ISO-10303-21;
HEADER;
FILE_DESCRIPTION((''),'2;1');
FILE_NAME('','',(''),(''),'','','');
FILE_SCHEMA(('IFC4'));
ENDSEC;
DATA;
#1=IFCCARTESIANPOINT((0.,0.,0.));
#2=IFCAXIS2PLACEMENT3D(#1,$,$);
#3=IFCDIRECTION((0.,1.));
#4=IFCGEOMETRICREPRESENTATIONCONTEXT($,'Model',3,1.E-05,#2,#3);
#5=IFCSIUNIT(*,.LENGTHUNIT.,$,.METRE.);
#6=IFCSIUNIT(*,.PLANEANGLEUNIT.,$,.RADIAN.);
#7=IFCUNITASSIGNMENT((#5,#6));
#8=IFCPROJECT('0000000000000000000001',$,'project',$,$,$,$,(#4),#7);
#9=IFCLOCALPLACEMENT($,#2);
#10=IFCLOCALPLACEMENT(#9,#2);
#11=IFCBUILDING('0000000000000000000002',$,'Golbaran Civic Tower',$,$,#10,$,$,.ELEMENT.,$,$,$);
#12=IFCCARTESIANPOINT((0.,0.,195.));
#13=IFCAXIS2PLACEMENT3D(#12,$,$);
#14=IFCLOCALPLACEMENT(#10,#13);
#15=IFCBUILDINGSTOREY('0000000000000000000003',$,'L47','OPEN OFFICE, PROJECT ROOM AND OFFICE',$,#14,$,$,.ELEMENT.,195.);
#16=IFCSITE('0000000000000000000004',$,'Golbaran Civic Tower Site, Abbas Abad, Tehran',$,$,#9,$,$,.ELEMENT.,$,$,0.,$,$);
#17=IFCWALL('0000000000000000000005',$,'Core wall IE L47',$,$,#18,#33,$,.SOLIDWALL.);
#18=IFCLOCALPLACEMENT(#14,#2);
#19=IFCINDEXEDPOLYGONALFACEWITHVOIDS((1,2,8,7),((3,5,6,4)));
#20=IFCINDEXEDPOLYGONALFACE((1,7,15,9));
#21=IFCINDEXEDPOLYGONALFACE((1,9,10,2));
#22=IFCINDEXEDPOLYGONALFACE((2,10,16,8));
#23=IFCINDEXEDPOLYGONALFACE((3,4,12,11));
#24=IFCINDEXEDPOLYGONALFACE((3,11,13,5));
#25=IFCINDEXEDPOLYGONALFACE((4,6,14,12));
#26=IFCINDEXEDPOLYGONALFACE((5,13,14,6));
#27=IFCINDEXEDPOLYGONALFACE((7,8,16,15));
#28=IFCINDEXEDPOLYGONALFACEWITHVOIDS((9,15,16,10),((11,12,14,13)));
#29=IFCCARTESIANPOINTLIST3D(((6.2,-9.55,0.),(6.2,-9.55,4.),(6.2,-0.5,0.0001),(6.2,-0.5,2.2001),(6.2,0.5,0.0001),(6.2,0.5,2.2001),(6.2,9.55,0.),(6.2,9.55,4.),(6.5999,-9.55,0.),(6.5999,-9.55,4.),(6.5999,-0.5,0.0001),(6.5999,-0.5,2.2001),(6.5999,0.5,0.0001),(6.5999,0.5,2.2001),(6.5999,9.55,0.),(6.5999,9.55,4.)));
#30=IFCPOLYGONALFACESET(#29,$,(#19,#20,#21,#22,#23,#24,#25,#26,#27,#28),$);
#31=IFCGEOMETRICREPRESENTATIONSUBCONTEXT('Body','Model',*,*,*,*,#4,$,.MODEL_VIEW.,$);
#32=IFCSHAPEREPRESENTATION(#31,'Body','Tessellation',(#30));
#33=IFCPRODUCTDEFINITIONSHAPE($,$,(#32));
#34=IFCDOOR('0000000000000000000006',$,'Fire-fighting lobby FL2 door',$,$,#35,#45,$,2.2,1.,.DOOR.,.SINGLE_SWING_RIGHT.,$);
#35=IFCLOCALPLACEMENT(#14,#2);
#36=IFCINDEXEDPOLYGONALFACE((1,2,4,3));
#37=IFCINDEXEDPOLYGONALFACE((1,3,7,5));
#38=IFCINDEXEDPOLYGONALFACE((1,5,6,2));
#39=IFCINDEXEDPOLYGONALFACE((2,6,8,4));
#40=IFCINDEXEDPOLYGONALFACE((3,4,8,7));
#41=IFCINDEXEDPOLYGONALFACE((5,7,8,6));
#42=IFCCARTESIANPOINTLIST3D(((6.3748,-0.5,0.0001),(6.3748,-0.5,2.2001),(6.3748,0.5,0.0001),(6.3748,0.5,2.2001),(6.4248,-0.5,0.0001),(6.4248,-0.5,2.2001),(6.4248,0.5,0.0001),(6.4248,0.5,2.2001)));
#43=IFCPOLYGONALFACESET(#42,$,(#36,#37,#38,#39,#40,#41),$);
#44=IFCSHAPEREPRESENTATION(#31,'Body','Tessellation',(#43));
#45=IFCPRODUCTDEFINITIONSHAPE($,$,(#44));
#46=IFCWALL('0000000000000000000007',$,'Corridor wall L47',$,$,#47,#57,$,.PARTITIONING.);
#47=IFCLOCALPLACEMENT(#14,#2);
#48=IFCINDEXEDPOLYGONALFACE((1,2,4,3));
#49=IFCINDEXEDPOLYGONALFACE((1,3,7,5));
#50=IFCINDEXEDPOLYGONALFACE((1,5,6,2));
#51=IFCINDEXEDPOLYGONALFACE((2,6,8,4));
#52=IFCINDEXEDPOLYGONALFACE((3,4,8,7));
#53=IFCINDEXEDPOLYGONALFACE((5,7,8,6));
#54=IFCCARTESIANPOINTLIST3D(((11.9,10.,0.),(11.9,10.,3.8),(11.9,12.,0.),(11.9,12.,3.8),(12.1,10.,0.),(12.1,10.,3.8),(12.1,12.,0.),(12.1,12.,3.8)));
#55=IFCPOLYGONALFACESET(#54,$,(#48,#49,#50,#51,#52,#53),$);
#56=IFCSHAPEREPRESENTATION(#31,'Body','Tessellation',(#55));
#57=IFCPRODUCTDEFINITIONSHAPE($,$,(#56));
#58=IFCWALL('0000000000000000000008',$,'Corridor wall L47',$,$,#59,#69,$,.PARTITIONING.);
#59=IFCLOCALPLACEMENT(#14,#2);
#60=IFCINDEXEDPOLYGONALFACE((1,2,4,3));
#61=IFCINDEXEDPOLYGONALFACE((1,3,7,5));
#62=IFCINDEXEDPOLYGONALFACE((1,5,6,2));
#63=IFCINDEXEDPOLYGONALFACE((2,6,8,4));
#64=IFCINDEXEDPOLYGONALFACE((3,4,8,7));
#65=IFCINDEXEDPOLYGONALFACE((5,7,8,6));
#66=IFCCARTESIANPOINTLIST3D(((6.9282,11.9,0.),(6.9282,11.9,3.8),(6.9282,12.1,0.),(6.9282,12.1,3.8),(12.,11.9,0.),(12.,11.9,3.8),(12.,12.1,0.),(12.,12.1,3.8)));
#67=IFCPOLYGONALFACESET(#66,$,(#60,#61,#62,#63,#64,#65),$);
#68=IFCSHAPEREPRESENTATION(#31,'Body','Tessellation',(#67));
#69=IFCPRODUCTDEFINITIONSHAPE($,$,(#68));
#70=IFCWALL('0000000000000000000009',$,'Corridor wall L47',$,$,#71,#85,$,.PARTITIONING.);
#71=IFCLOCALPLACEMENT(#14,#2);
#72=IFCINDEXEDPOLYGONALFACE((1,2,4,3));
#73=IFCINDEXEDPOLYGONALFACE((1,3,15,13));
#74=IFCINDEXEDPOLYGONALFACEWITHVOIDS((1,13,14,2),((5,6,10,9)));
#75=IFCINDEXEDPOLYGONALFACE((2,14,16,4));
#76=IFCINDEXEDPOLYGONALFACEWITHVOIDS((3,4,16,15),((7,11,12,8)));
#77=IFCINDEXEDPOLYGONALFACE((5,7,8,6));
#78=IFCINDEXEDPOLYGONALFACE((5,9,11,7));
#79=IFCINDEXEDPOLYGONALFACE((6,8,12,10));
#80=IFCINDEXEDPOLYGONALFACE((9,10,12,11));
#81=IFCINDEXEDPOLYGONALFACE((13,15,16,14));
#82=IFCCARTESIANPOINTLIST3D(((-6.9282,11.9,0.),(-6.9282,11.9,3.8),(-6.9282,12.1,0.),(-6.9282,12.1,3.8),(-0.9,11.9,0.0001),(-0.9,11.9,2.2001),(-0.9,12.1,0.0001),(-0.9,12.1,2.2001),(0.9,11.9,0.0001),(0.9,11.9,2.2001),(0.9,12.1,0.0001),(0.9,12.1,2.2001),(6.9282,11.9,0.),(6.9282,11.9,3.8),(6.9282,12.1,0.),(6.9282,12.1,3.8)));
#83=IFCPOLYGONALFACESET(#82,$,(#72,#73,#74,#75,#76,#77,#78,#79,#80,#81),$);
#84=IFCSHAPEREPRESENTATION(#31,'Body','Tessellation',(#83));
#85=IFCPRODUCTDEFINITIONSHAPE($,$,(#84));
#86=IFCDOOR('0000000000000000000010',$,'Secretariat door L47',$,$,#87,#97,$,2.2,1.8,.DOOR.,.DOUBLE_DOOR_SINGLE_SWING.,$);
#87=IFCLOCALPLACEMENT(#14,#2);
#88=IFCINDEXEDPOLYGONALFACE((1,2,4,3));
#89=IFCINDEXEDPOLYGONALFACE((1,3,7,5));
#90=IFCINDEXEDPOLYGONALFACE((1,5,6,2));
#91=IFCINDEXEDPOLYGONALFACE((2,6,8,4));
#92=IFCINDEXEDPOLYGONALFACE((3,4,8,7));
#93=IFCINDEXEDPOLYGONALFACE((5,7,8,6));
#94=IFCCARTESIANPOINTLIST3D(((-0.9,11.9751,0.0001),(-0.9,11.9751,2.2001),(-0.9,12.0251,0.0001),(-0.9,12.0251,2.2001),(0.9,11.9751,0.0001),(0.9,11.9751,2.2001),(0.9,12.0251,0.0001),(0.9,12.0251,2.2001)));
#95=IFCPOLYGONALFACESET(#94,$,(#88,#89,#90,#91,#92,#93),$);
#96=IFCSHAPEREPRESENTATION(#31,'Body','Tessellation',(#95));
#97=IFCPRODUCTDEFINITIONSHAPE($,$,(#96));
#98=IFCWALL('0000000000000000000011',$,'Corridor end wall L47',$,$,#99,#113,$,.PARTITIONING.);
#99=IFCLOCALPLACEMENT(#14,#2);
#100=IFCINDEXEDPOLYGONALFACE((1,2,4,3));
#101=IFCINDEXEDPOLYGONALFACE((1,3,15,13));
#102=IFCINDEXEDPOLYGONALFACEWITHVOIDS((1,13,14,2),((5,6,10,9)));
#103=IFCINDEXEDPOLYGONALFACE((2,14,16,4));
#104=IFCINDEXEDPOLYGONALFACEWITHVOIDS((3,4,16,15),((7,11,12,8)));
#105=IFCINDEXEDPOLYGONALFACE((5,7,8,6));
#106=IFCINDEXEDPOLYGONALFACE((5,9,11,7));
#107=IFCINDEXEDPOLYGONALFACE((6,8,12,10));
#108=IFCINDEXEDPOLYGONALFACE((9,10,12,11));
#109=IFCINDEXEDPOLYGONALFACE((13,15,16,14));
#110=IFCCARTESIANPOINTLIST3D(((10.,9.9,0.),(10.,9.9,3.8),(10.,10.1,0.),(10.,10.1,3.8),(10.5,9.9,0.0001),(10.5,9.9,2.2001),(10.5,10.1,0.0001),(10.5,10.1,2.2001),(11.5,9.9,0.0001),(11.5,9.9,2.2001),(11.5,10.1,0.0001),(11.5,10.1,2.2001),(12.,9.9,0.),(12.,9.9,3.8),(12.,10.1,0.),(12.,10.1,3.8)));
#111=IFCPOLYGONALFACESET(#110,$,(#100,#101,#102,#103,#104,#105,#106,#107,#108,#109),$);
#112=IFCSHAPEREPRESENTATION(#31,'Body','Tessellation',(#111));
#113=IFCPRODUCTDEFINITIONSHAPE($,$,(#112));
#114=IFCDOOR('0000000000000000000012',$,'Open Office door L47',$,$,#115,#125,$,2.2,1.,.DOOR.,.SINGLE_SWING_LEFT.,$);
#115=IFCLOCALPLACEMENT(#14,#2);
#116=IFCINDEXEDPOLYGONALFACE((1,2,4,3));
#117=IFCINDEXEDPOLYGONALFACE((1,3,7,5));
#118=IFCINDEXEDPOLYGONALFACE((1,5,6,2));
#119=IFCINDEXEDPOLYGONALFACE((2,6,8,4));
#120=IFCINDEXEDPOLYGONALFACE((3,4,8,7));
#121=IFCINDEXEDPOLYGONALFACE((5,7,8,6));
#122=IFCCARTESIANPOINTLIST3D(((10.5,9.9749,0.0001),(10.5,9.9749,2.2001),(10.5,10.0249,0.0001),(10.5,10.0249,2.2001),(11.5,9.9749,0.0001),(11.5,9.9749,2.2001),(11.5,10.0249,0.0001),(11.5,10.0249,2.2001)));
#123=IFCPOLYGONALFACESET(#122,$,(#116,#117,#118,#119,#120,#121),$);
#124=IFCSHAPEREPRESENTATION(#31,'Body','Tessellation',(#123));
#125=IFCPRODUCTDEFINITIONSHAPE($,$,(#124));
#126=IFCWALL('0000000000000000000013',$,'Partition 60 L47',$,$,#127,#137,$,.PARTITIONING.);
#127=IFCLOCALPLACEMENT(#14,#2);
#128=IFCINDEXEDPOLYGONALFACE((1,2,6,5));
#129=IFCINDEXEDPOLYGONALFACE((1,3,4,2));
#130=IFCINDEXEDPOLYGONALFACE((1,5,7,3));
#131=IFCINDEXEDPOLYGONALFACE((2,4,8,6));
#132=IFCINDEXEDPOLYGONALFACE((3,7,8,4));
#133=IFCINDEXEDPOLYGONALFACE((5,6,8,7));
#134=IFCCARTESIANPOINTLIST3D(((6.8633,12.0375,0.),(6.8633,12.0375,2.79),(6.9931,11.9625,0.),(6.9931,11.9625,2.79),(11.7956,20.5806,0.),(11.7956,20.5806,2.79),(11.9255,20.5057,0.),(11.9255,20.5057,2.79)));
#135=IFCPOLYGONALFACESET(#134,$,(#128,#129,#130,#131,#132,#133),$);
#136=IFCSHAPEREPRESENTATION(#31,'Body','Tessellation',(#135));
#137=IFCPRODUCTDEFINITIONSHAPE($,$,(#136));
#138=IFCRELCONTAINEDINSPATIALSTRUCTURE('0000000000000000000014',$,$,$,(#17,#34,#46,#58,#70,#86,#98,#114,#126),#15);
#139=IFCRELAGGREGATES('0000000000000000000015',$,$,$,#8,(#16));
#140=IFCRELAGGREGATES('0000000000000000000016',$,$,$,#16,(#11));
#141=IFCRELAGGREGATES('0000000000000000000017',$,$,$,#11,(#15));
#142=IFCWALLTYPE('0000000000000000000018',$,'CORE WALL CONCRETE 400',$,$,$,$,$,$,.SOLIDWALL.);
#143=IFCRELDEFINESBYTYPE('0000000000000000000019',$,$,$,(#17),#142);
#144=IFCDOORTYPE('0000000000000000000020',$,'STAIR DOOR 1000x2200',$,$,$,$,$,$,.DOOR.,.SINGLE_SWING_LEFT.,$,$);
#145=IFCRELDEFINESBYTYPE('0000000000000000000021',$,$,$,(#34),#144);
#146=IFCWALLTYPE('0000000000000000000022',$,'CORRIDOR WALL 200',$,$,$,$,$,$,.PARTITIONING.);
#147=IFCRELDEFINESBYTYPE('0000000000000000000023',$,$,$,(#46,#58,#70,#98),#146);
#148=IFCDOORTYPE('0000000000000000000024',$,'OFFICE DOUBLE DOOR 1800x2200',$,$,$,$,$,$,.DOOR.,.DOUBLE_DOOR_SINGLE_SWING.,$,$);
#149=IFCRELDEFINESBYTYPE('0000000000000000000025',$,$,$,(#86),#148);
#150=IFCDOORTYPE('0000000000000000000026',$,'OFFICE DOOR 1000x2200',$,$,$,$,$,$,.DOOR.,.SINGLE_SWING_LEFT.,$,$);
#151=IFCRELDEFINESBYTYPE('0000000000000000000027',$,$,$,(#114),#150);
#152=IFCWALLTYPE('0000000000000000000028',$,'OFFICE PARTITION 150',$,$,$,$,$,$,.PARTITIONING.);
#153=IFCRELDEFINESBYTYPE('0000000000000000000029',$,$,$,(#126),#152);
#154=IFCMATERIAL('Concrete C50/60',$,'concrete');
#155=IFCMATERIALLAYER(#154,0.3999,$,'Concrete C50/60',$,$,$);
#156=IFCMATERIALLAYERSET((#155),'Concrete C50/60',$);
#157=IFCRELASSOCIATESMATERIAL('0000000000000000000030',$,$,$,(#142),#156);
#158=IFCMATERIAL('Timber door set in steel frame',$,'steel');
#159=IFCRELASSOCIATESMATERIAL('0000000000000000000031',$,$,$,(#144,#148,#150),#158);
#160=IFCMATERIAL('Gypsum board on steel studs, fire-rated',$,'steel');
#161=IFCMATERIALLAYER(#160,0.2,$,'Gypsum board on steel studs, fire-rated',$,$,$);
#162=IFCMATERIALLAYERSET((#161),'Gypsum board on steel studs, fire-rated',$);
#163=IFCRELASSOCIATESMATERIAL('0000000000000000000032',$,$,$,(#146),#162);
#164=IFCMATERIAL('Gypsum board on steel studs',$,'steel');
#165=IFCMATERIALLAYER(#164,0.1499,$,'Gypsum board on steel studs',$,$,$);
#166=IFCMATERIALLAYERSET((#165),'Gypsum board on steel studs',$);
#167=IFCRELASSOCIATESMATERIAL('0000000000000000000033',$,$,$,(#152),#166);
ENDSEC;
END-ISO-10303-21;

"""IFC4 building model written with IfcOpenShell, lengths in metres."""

from ifc_helpers import new_model, si_unit, direction, frame, frame_2d, origin, place, context, subcontext, project, spatial, rectangle, extrude, material, layer, layer_set, type_object, element, fill, save


model = new_model("IFC4")

# Units and contexts
model_context = context("Model", 3, precision=1e-05, world=origin(), true_north=direction((0.0, 1.0)))
body_context = subcontext(model_context, "Body", "Model", "MODEL_VIEW")
ifc_project = project(units=[si_unit("LENGTHUNIT", "METRE"), si_unit("PLANEANGLEUNIT", "RADIAN")], contexts=[model_context])

# Site, building, storey
site_placement = place(None, origin())
site = spatial("IfcSite", under=ifc_project, at=site_placement, Name="Golbaran Civic Tower Site, Abbas Abad, Tehran", CompositionType="ELEMENT", RefElevation=0.0)
building_placement = place(site_placement, origin())
building = spatial("IfcBuilding", under=site, at=building_placement, Name="Golbaran Civic Tower", CompositionType="ELEMENT")
storey_placement = place(building_placement, frame((0.0, 0.0, 195.0)))
storey = spatial("IfcBuildingStorey", under=building, at=storey_placement, Name="L47", Description="OPEN OFFICE, PROJECT ROOM AND OFFICE", CompositionType="ELEMENT", Elevation=195.0)

# Wall, opening, door
ifc_material_1 = material(Name="Concrete C50/60", Category="concrete")
ifc_layer_1 = layer(ifc_material_1, 0.3999, Name="Concrete C50/60")
ifc_layer_set_1 = layer_set([ifc_layer_1], Name="Concrete C50/60")
wall_type_1 = type_object("IfcWallType", Name="CORE WALL CONCRETE 400", PredefinedType="SOLIDWALL", material=ifc_layer_set_1)
wall_1_placement = place(storey_placement, frame((6.3999, 9.55, 0.0), z_axis=(0.0, 0.0, 1.0), x_axis=(0.0, -1.0, 0.0)))
wall_1 = element("IfcWall", 1, at=wall_1_placement, inside=storey, type_object=wall_type_1, Name="Core wall IE L47", PredefinedType="SOLIDWALL", context=body_context, shape_type="SweptSolid", body=[
    extrude(rectangle(XDim=19.1001, YDim=0.3999, at=frame_2d((9.55, 0.0))), origin(), (0.0, 0.0, 1.0), 4.0),
])
opening_1_placement = place(wall_1_placement, frame((9.05, 0.0, 0.0)))
opening_1 = element("IfcOpeningElement", 2, at=opening_1_placement, cuts=wall_1, PredefinedType="OPENING", context=body_context, shape_type="SweptSolid", body=[
    extrude(rectangle(XDim=1.0, YDim=2.2, at=frame_2d((0.5, 1.1001))), frame((0.0, 0.21, 0.0), z_axis=(0.0, -1.0, 0.0), x_axis=(1.0, 0.0, 0.0)), (0.0, 0.0, 1.0), 0.4199),
])
ifc_material_2 = material(Name="Timber door set in steel frame", Category="steel")
door_type_1 = type_object("IfcDoorType", Name="STAIR DOOR 1000x2200", OperationType="SINGLE_SWING_LEFT", PredefinedType="DOOR", material=ifc_material_2)
door_1_placement = place(opening_1_placement, origin())
door_1 = element("IfcDoor", 3, at=door_1_placement, inside=storey, type_object=door_type_1, Name="Fire-fighting lobby FL2 door", OperationType="SINGLE_SWING_RIGHT", OverallHeight=2.2, OverallWidth=1.0, PredefinedType="DOOR", context=body_context, shape_type="SweptSolid", body=[
    extrude(rectangle(XDim=1.0, YDim=2.2, at=frame_2d((0.5, 1.1001))), frame((0.0, 0.0249, 0.0), z_axis=(0.0, -1.0, 0.0), x_axis=(1.0, 0.0, 0.0)), (0.0, 0.0, 1.0), 0.05),
])
fill(opening_1, door_1)

# Walls
ifc_material_3 = material(Name="Gypsum board on steel studs, fire-rated", Category="steel")
ifc_layer_2 = layer(ifc_material_3, 0.2, Name="Gypsum board on steel studs, fire-rated")
ifc_layer_set_2 = layer_set([ifc_layer_2], Name="Gypsum board on steel studs, fire-rated")
wall_type_2 = type_object("IfcWallType", Name="CORRIDOR WALL 200", PredefinedType="PARTITIONING", material=ifc_layer_set_2)
wall_2_placement = place(storey_placement, frame((12.0, 10.0, 0.0), z_axis=(0.0, 0.0, 1.0), x_axis=(0.0, 1.0, 0.0)))
element("IfcWall", 4, at=wall_2_placement, inside=storey, type_object=wall_type_2, Name="Corridor wall L47", PredefinedType="PARTITIONING", context=body_context, shape_type="SweptSolid", body=[
    extrude(rectangle(XDim=2.0, YDim=0.2, at=frame_2d((1.0, 0.0))), origin(), (0.0, 0.0, 1.0), 3.8),
])
wall_3_placement = place(storey_placement, frame((12.0, 12.0, 0.0), z_axis=(0.0, 0.0, 1.0), x_axis=(-1.0, 0.0, 0.0)))
element("IfcWall", 5, at=wall_3_placement, inside=storey, type_object=wall_type_2, Name="Corridor wall L47", PredefinedType="PARTITIONING", context=body_context, shape_type="SweptSolid", body=[
    extrude(rectangle(XDim=5.0718, YDim=0.2, at=frame_2d((2.5359, 0.0))), origin(), (0.0, 0.0, 1.0), 3.8),
])

# Walls, openings, doors
wall_4_placement = place(storey_placement, frame((6.9282, 12.0, 0.0), z_axis=(0.0, 0.0, 1.0), x_axis=(-1.0, 0.0, 0.0)))
wall_4 = element("IfcWall", 6, at=wall_4_placement, inside=storey, type_object=wall_type_2, Name="Corridor wall L47", PredefinedType="PARTITIONING", context=body_context, shape_type="SweptSolid", body=[
    extrude(rectangle(XDim=13.8564, YDim=0.2, at=frame_2d((6.9282, 0.0))), origin(), (0.0, 0.0, 1.0), 3.8),
])
opening_2_placement = place(wall_4_placement, frame((6.0283, 0.0, 0.0)))
opening_2 = element("IfcOpeningElement", 7, at=opening_2_placement, cuts=wall_4, PredefinedType="OPENING", context=body_context, shape_type="SweptSolid", body=[
    extrude(rectangle(XDim=1.8, YDim=2.2, at=frame_2d((0.8999, 1.1001))), frame((0.0, 0.1099, 0.0), z_axis=(0.0, -1.0, 0.0), x_axis=(1.0, 0.0, 0.0)), (0.0, 0.0, 1.0), 0.22),
])
door_type_2 = type_object("IfcDoorType", Name="OFFICE DOUBLE DOOR 1800x2200", OperationType="DOUBLE_DOOR_SINGLE_SWING", PredefinedType="DOOR", material=ifc_material_2)
door_2_placement = place(opening_2_placement, origin())
door_2 = element("IfcDoor", 8, at=door_2_placement, inside=storey, type_object=door_type_2, Name="Secretariat door L47", OperationType="DOUBLE_DOOR_SINGLE_SWING", OverallHeight=2.2, OverallWidth=1.8, PredefinedType="DOOR", context=body_context, shape_type="SweptSolid", body=[
    extrude(rectangle(XDim=1.8, YDim=2.2, at=frame_2d((0.8999, 1.1001))), frame((0.0, 0.0249, 0.0), z_axis=(0.0, -1.0, 0.0), x_axis=(1.0, 0.0, 0.0)), (0.0, 0.0, 1.0), 0.05),
])
fill(opening_2, door_2)
wall_5_placement = place(storey_placement, frame((10.0, 10.0, 0.0), z_axis=(0.0, 0.0, 1.0), x_axis=(1.0, 0.0, 0.0)))
wall_5 = element("IfcWall", 9, at=wall_5_placement, inside=storey, type_object=wall_type_2, Name="Corridor end wall L47", PredefinedType="PARTITIONING", context=body_context, shape_type="SweptSolid", body=[
    extrude(rectangle(XDim=2.0, YDim=0.2, at=frame_2d((1.0, 0.0))), origin(), (0.0, 0.0, 1.0), 3.8),
])
opening_3_placement = place(wall_5_placement, frame((0.5, 0.0, 0.0)))
opening_3 = element("IfcOpeningElement", 10, at=opening_3_placement, cuts=wall_5, PredefinedType="OPENING", context=body_context, shape_type="SweptSolid", body=[
    extrude(rectangle(XDim=1.0, YDim=2.2, at=frame_2d((0.5, 1.1001))), frame((0.0, 0.1099, 0.0), z_axis=(0.0, -1.0, 0.0), x_axis=(1.0, 0.0, 0.0)), (0.0, 0.0, 1.0), 0.22),
])
door_type_3 = type_object("IfcDoorType", Name="OFFICE DOOR 1000x2200", OperationType="SINGLE_SWING_LEFT", PredefinedType="DOOR", material=ifc_material_2)
door_3_placement = place(opening_3_placement, origin())
door_3 = element("IfcDoor", 11, at=door_3_placement, inside=storey, type_object=door_type_3, Name="Open Office door L47", OperationType="SINGLE_SWING_LEFT", OverallHeight=2.2, OverallWidth=1.0, PredefinedType="DOOR", context=body_context, shape_type="SweptSolid", body=[
    extrude(rectangle(XDim=1.0, YDim=2.2, at=frame_2d((0.5, 1.1001))), frame((0.0, 0.0249, 0.0), z_axis=(0.0, -1.0, 0.0), x_axis=(1.0, 0.0, 0.0)), (0.0, 0.0, 1.0), 0.05),
])
fill(opening_3, door_3)

# Wall
ifc_material_4 = material(Name="Gypsum board on steel studs", Category="steel")
ifc_layer_3 = layer(ifc_material_4, 0.1499, Name="Gypsum board on steel studs")
ifc_layer_set_3 = layer_set([ifc_layer_3], Name="Gypsum board on steel studs")
wall_type_3 = type_object("IfcWallType", Name="OFFICE PARTITION 150", PredefinedType="PARTITIONING", material=ifc_layer_set_3)
wall_6_placement = place(storey_placement, frame((6.9282, 12.0, 0.0), z_axis=(0.0, 0.0, 1.0), x_axis=(0.499996, 0.866028, 0.0)))
element("IfcWall", 12, at=wall_6_placement, inside=storey, type_object=wall_type_3, Name="Partition 60 L47", PredefinedType="PARTITIONING", context=body_context, shape_type="SweptSolid", body=[
    extrude(rectangle(XDim=9.8647, YDim=0.1499, at=frame_2d((4.9324, 0.0))), origin(), (0.0, 0.0, 1.0), 2.79),
])

save(model, "model.ifc")
